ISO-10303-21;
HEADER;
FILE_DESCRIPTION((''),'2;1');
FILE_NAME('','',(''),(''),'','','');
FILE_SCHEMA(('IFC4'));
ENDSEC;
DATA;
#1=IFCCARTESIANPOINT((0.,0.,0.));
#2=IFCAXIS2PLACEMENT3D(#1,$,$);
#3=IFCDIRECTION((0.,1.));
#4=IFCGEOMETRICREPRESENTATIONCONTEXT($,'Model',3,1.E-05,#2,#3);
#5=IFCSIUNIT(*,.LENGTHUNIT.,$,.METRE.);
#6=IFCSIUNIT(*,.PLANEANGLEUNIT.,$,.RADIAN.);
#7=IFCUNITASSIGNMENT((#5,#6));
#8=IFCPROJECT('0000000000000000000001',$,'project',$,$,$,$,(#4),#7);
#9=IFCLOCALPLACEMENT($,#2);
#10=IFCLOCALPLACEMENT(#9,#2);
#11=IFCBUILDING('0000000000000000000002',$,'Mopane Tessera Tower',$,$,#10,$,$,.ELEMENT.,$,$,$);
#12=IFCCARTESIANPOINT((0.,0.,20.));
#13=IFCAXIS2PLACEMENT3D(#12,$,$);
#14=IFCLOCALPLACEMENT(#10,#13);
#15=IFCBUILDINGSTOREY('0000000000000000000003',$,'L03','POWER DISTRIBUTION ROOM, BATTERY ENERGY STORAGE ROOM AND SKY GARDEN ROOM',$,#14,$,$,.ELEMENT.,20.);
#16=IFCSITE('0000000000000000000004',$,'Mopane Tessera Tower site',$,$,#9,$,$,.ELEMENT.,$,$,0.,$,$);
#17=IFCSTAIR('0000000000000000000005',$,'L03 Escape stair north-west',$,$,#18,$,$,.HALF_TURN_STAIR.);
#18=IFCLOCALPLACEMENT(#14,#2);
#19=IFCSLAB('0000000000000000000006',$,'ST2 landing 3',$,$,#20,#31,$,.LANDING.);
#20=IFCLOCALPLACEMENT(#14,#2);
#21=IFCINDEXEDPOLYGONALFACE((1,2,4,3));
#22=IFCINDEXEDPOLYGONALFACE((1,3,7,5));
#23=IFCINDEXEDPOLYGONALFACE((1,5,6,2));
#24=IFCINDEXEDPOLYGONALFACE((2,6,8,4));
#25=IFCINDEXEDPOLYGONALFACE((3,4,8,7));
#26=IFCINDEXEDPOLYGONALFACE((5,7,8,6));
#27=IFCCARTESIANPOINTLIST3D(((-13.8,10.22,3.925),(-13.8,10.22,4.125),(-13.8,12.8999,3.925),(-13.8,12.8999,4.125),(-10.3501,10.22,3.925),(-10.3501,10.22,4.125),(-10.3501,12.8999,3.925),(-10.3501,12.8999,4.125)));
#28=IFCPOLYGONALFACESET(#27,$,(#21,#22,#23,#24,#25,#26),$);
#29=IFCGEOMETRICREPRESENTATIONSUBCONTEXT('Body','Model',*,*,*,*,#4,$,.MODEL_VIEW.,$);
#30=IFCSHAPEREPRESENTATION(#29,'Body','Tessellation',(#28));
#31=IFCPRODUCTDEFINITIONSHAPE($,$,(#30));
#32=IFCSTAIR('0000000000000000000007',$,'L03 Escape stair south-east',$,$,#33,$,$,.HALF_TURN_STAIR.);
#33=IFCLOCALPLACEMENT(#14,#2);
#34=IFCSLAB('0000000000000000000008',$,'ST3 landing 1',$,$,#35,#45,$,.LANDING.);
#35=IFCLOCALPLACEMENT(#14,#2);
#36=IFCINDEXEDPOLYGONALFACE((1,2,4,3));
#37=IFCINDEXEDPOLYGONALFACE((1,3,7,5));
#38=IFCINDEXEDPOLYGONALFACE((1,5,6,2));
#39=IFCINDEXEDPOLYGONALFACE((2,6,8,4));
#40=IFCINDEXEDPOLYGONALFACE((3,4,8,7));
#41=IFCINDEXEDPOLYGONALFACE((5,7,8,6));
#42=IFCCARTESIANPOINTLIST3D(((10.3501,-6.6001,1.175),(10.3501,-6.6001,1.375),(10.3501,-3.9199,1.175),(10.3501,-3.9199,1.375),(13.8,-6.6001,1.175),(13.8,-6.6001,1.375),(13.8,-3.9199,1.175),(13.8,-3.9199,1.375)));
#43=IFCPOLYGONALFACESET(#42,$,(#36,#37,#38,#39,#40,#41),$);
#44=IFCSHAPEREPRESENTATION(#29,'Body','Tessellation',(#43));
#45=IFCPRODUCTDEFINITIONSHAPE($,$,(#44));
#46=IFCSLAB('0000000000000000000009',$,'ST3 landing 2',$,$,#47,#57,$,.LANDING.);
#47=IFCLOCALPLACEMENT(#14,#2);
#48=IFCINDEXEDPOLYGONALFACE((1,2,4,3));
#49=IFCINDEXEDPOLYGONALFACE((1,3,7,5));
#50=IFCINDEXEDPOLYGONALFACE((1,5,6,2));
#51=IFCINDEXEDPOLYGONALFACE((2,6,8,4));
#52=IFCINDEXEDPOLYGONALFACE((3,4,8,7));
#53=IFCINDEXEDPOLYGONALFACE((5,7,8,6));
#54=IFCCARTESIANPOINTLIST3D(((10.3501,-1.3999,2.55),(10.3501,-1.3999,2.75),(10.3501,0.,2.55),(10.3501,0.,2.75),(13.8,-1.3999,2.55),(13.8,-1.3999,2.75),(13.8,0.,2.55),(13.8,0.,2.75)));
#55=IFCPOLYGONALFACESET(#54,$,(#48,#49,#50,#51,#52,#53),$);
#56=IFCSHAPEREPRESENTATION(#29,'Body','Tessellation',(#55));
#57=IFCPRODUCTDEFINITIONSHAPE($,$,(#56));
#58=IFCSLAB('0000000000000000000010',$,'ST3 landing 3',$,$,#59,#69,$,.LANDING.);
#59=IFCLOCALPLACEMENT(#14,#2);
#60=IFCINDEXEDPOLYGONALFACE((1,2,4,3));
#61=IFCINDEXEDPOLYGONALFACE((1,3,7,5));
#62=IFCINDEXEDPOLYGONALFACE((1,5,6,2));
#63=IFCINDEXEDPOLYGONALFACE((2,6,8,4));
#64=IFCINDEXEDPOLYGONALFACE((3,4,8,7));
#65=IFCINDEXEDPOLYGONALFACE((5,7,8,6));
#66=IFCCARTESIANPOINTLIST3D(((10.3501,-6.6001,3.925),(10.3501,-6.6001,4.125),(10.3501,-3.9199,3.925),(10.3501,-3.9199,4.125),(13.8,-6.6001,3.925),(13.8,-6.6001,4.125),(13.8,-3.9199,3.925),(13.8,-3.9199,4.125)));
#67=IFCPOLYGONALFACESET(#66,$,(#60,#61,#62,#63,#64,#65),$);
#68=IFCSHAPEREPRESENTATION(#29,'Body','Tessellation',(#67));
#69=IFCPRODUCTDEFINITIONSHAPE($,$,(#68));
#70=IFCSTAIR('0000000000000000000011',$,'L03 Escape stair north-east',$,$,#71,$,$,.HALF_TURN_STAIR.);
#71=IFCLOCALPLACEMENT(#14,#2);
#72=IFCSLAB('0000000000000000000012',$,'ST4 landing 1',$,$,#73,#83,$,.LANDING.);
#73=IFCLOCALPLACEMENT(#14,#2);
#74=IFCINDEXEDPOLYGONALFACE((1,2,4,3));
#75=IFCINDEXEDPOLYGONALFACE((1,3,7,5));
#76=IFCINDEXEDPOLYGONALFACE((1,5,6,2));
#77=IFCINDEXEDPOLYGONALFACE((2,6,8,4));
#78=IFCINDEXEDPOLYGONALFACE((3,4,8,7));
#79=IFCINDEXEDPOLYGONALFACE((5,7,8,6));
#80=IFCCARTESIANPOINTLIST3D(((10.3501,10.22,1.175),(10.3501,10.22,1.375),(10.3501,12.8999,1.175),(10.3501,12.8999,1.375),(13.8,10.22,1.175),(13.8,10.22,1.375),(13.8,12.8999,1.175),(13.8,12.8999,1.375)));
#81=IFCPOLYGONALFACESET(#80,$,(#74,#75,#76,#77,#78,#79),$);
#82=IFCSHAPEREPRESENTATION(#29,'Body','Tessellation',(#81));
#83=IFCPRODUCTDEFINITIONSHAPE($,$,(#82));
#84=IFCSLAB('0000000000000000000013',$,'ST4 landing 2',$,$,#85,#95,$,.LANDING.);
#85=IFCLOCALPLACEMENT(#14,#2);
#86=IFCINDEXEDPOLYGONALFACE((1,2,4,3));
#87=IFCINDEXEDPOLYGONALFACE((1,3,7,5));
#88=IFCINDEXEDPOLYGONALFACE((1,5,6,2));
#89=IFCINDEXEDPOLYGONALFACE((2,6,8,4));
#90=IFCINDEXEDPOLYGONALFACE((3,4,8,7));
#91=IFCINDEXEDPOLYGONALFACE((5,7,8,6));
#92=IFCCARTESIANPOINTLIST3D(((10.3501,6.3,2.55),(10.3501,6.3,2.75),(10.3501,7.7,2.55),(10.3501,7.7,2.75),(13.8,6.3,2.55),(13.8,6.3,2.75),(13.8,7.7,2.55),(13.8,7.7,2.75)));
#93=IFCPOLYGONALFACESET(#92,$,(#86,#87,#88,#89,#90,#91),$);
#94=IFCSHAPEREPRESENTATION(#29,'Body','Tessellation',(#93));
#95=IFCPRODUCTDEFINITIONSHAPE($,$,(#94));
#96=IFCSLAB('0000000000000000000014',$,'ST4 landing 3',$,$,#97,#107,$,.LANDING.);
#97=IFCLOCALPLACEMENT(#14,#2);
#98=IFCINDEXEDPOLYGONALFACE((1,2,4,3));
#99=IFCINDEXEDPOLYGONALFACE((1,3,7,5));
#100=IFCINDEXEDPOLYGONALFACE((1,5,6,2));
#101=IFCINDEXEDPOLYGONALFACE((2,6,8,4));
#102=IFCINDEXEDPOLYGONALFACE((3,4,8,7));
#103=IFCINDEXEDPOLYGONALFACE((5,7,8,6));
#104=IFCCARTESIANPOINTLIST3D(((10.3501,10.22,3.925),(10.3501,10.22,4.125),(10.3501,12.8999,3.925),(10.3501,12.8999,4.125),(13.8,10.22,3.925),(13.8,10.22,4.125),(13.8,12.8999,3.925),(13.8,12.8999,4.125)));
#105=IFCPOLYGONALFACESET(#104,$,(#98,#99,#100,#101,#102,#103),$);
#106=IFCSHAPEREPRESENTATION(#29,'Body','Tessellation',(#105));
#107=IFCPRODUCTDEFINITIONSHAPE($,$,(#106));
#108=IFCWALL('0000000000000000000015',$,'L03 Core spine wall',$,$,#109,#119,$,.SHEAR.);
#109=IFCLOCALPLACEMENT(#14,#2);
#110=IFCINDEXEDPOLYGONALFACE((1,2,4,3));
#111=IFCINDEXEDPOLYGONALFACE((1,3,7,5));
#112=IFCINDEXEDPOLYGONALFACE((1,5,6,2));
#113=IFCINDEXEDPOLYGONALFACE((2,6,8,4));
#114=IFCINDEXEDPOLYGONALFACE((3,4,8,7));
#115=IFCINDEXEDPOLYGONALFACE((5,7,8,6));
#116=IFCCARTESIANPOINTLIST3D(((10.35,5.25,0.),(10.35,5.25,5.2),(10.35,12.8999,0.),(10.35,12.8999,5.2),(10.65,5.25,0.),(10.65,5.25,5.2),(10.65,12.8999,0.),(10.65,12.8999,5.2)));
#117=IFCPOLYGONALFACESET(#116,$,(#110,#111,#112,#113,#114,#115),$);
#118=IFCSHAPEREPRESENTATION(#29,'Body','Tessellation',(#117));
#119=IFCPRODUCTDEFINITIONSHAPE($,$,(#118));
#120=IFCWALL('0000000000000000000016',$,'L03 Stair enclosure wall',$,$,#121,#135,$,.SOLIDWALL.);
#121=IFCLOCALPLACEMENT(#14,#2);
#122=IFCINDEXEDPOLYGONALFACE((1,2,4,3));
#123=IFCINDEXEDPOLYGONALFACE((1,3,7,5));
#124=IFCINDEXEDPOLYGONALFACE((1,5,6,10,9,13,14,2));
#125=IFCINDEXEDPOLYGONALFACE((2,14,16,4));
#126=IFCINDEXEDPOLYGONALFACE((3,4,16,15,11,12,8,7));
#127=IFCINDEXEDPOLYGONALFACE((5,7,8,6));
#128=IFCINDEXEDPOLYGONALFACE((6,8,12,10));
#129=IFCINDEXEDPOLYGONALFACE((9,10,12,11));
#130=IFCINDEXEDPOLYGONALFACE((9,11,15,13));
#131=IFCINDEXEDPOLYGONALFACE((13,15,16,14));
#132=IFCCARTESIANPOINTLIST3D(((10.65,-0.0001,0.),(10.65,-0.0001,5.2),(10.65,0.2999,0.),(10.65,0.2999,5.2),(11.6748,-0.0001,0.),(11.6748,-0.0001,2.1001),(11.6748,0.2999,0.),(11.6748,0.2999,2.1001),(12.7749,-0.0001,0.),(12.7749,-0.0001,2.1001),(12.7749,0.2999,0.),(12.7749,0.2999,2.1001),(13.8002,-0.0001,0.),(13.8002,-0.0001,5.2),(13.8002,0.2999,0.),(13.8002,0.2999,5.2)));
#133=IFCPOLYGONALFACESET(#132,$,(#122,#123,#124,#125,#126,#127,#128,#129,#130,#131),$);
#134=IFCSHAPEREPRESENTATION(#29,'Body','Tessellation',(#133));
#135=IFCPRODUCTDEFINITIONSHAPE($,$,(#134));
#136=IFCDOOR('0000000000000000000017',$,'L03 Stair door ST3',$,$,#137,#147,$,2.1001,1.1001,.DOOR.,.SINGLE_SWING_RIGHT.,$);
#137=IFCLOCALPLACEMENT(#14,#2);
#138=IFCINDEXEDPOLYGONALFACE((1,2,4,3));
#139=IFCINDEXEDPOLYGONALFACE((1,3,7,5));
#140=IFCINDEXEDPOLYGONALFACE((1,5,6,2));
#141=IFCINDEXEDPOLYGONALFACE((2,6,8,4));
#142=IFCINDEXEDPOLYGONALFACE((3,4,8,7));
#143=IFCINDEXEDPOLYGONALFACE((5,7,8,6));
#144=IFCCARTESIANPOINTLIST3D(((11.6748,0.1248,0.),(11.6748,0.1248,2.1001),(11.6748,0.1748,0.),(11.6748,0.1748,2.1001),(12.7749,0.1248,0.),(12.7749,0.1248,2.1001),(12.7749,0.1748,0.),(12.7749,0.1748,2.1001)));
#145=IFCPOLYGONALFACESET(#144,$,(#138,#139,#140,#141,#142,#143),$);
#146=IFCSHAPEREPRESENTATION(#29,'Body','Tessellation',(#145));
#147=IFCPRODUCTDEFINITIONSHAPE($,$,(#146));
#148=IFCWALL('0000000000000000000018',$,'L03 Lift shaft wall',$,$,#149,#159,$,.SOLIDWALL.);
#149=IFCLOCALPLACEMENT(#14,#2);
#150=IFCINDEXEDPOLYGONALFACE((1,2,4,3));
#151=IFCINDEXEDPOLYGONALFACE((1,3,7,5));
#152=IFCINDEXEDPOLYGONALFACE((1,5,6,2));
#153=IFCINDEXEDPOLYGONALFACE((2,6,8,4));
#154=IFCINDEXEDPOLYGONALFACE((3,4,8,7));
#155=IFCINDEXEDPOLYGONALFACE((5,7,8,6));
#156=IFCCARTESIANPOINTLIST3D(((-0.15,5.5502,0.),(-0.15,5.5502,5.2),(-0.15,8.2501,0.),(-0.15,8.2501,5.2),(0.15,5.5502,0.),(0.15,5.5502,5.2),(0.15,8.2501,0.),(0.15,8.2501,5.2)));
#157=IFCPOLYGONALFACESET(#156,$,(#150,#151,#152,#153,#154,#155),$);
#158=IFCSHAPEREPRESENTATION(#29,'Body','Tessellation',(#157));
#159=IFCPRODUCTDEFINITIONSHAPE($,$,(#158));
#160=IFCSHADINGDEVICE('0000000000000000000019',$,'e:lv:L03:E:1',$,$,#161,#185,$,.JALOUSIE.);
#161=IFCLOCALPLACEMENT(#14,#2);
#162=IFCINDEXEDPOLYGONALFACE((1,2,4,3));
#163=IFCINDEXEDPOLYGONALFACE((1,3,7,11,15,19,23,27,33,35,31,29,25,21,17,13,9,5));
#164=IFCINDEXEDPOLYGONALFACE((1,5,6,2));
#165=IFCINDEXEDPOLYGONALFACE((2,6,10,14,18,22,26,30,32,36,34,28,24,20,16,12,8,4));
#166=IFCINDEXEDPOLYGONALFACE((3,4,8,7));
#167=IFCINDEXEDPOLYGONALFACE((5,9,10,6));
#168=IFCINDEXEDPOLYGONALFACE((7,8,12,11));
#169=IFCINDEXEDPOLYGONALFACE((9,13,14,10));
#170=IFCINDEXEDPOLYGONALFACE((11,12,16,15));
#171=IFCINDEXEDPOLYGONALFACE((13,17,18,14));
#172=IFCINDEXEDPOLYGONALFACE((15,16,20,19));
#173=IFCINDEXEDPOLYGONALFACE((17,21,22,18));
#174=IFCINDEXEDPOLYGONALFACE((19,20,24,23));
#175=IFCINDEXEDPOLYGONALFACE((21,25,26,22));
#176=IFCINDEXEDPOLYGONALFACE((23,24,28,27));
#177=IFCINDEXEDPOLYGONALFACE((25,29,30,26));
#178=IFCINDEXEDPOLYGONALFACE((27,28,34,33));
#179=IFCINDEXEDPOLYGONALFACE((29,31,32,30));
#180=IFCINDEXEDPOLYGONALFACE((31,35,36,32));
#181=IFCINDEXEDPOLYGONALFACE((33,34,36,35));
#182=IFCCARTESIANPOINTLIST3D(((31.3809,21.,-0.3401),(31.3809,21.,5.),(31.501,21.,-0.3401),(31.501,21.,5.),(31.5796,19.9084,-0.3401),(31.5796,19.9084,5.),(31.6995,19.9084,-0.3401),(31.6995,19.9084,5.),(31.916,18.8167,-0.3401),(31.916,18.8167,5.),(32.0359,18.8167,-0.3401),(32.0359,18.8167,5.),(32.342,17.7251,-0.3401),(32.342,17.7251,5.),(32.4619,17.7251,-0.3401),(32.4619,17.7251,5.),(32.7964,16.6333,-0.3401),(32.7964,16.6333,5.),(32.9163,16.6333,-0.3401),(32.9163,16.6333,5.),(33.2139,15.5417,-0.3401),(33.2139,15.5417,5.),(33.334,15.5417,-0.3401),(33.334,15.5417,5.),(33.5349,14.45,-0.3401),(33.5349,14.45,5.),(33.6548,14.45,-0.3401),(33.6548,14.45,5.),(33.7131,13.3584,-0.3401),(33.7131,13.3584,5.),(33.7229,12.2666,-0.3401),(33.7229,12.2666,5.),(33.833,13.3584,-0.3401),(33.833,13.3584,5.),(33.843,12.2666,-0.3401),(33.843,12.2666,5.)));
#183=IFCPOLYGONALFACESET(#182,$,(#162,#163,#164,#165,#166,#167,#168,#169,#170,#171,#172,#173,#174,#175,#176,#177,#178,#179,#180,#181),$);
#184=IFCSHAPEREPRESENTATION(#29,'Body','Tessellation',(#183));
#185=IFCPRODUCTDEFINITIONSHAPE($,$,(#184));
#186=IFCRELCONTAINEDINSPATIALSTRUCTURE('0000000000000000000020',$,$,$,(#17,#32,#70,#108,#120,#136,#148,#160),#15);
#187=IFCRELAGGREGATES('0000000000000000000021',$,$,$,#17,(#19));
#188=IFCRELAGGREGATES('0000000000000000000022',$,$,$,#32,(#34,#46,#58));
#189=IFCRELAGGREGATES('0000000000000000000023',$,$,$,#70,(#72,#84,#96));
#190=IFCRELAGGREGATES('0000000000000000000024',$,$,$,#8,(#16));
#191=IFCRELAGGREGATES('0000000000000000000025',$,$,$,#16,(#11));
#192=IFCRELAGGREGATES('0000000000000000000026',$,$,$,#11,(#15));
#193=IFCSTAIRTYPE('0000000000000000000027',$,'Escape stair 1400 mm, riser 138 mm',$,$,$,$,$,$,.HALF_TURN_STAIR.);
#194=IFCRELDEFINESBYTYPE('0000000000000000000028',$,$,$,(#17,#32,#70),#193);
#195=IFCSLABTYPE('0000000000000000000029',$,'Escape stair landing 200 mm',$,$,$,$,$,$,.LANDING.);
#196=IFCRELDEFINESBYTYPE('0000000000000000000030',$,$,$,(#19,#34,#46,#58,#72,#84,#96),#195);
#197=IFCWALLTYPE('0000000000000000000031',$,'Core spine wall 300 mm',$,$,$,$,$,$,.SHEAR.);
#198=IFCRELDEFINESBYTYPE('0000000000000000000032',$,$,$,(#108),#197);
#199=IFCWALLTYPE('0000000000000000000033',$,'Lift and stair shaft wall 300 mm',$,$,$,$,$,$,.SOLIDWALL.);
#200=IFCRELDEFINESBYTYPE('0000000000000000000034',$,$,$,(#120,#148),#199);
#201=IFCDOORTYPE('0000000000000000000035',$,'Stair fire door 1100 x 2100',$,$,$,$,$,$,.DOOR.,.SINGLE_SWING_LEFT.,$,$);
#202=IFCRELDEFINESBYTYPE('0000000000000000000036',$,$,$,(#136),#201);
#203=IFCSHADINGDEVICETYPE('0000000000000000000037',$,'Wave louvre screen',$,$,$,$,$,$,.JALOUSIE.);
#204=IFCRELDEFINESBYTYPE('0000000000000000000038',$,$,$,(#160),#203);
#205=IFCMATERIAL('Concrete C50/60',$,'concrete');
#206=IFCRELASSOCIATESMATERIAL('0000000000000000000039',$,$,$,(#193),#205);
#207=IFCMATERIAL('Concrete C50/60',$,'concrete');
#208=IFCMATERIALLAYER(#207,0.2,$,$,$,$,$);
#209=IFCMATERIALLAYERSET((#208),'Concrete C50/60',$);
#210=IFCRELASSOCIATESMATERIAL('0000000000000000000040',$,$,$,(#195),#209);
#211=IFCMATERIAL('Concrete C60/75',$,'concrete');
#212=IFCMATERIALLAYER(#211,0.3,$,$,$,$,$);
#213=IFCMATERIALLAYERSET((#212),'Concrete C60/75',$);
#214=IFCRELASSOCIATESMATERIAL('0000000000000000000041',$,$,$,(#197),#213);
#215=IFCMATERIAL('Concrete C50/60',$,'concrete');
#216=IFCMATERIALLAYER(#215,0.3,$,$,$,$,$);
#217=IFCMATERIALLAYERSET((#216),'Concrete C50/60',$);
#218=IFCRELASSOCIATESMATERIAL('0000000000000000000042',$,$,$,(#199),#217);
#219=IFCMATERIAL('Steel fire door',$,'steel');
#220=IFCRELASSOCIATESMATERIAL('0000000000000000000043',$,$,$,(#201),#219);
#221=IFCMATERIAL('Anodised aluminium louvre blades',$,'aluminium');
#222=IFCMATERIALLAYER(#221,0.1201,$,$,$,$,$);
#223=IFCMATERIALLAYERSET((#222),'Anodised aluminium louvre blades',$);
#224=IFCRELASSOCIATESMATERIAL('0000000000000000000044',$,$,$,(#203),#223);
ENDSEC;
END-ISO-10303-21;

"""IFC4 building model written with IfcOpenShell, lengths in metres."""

from ifc_helpers import new_model, si_unit, direction, frame, frame_2d, origin, place, context, subcontext, project, spatial, polyline, rectangle, outline, extrude, material, layer, layer_set, type_object, element, fill, aggregate, save


model = new_model("IFC4")

# Units and contexts
model_context = context("Model", 3, precision=1e-05, world=origin(), true_north=direction((0.0, 1.0)))
body_context = subcontext(model_context, "Body", "Model", "MODEL_VIEW")
ifc_project = project(units=[si_unit("LENGTHUNIT", "METRE"), si_unit("PLANEANGLEUNIT", "RADIAN")], contexts=[model_context])

# Site, building, storey
site_placement = place(None, origin())
site = spatial("IfcSite", under=ifc_project, at=site_placement, Name="Mopane Tessera Tower site", CompositionType="ELEMENT", RefElevation=0.0)
building_placement = place(site_placement, origin())
building = spatial("IfcBuilding", under=site, at=building_placement, Name="Mopane Tessera Tower", CompositionType="ELEMENT")
storey_placement = place(building_placement, frame((0.0, 0.0, 20.0)))
storey = spatial("IfcBuildingStorey", under=building, at=storey_placement, Name="L03", Description="POWER DISTRIBUTION ROOM, BATTERY ENERGY STORAGE ROOM AND SKY GARDEN ROOM", CompositionType="ELEMENT", Elevation=20.0)

# Stairs, slabs
ifc_material_1 = material(Name="Concrete C50/60", Category="concrete")
stair_type = type_object("IfcStairType", Name="Escape stair 1400 mm, riser 138 mm", PredefinedType="HALF_TURN_STAIR", material=ifc_material_1)
ifc_material_2 = material(Name="Concrete C50/60", Category="concrete")
ifc_layer_1 = layer(ifc_material_2, 0.2)
ifc_layer_set_1 = layer_set([ifc_layer_1], Name="Concrete C50/60")
slab_type_1 = type_object("IfcSlabType", Name="Escape stair landing 200 mm", PredefinedType="LANDING", material=ifc_layer_set_1)
stair_1_placement = place(storey_placement, origin())
stair_1 = element("IfcStair", 1, at=stair_1_placement, inside=storey, type_object=stair_type, Name="L03 Escape stair north-west", PredefinedType="HALF_TURN_STAIR")
slab_1_placement = place(storey_placement, frame((0.0, 0.0, 3.925)))
slab_1 = element("IfcSlab", 2, at=slab_1_placement, type_object=slab_type_1, Name="ST2 landing 3", PredefinedType="LANDING", context=body_context, shape_type="SweptSolid", body=[
    extrude(outline(polyline([(-10.3501, 10.22), (-10.3501, 12.8999), (-13.8, 12.8999), (-13.8, 10.22), (-10.3501, 10.22)])), origin(), (0.0, 0.0, 1.0), 0.2),
])
aggregate(stair_1, [slab_1])
stair_2_placement = place(storey_placement, origin())
stair_2 = element("IfcStair", 3, at=stair_2_placement, inside=storey, type_object=stair_type, Name="L03 Escape stair south-east", PredefinedType="HALF_TURN_STAIR")
slab_2_placement = place(storey_placement, frame((0.0, 0.0, 1.175)))
slab_2 = element("IfcSlab", 4, at=slab_2_placement, type_object=slab_type_1, Name="ST3 landing 1", PredefinedType="LANDING", context=body_context, shape_type="SweptSolid", body=[
    extrude(outline(polyline([(10.3501, -3.9199), (10.3501, -6.6001), (13.8, -6.6001), (13.8, -3.9199), (10.3501, -3.9199)])), origin(), (0.0, 0.0, 1.0), 0.2),
])
slab_3_placement = place(storey_placement, frame((0.0, 0.0, 2.55)))
slab_3 = element("IfcSlab", 5, at=slab_3_placement, type_object=slab_type_1, Name="ST3 landing 2", PredefinedType="LANDING", context=body_context, shape_type="SweptSolid", body=[
    extrude(outline(polyline([(10.3501, 0.0), (10.3501, -1.3999), (13.8, -1.3999), (13.8, 0.0), (10.3501, 0.0)])), origin(), (0.0, 0.0, 1.0), 0.2),
])
slab_4_placement = place(storey_placement, frame((0.0, 0.0, 3.925)))
slab_4 = element("IfcSlab", 6, at=slab_4_placement, type_object=slab_type_1, Name="ST3 landing 3", PredefinedType="LANDING", context=body_context, shape_type="SweptSolid", body=[
    extrude(outline(polyline([(10.3501, -3.9199), (10.3501, -6.6001), (13.8, -6.6001), (13.8, -3.9199), (10.3501, -3.9199)])), origin(), (0.0, 0.0, 1.0), 0.2),
])
aggregate(stair_2, [slab_2, slab_3, slab_4])
stair_3_placement = place(storey_placement, origin())
stair_3 = element("IfcStair", 7, at=stair_3_placement, inside=storey, type_object=stair_type, Name="L03 Escape stair north-east", PredefinedType="HALF_TURN_STAIR")
slab_5_placement = place(storey_placement, frame((0.0, 0.0, 1.175)))
slab_5 = element("IfcSlab", 8, at=slab_5_placement, type_object=slab_type_1, Name="ST4 landing 1", PredefinedType="LANDING", context=body_context, shape_type="SweptSolid", body=[
    extrude(outline(polyline([(13.8, 10.22), (13.8, 12.8999), (10.3501, 12.8999), (10.3501, 10.22), (13.8, 10.22)])), origin(), (0.0, 0.0, 1.0), 0.2),
])
slab_6_placement = place(storey_placement, frame((0.0, 0.0, 2.55)))
slab_6 = element("IfcSlab", 9, at=slab_6_placement, type_object=slab_type_1, Name="ST4 landing 2", PredefinedType="LANDING", context=body_context, shape_type="SweptSolid", body=[
    extrude(outline(polyline([(13.8, 6.3), (13.8, 7.7), (10.3501, 7.7), (10.3501, 6.3), (13.8, 6.3)])), origin(), (0.0, 0.0, 1.0), 0.2),
])
slab_7_placement = place(storey_placement, frame((0.0, 0.0, 3.925)))
slab_7 = element("IfcSlab", 10, at=slab_7_placement, type_object=slab_type_1, Name="ST4 landing 3", PredefinedType="LANDING", context=body_context, shape_type="SweptSolid", body=[
    extrude(outline(polyline([(13.8, 10.22), (13.8, 12.8999), (10.3501, 12.8999), (10.3501, 10.22), (13.8, 10.22)])), origin(), (0.0, 0.0, 1.0), 0.2),
])
aggregate(stair_3, [slab_5, slab_6, slab_7])

# Wall
ifc_material_3 = material(Name="Concrete C60/75", Category="concrete")
ifc_layer_2 = layer(ifc_material_3, 0.3)
ifc_layer_set_2 = layer_set([ifc_layer_2], Name="Concrete C60/75")
wall_type_1 = type_object("IfcWallType", Name="Core spine wall 300 mm", PredefinedType="SHEAR", material=ifc_layer_set_2)
wall_1_placement = place(storey_placement, frame((10.5, 5.25, 0.0), z_axis=(0.0, 0.0, 1.0), x_axis=(0.0, 1.0, 0.0)))
element("IfcWall", 11, at=wall_1_placement, inside=storey, type_object=wall_type_1, Name="L03 Core spine wall", PredefinedType="SHEAR", context=body_context, shape_type="SweptSolid", body=[
    extrude(rectangle(XDim=7.6499, YDim=0.3, at=frame_2d((3.825, 0.0))), origin(), (0.0, 0.0, 1.0), 5.2),
])

# Wall, opening, door
ifc_material_4 = material(Name="Concrete C50/60", Category="concrete")
ifc_layer_3 = layer(ifc_material_4, 0.3)
ifc_layer_set_3 = layer_set([ifc_layer_3], Name="Concrete C50/60")
wall_type_2 = type_object("IfcWallType", Name="Lift and stair shaft wall 300 mm", PredefinedType="SOLIDWALL", material=ifc_layer_set_3)
wall_2_placement = place(storey_placement, frame((10.6499, 0.1499, 0.0), z_axis=(0.0, 0.0, 1.0), x_axis=(1.0, 0.0, 0.0)))
wall_2 = element("IfcWall", 12, at=wall_2_placement, inside=storey, type_object=wall_type_2, Name="L03 Stair enclosure wall", PredefinedType="SOLIDWALL", context=body_context, shape_type="SweptSolid", body=[
    extrude(rectangle(XDim=3.1501, YDim=0.3, at=frame_2d((1.5752, 0.0))), origin(), (0.0, 0.0, 1.0), 5.2),
])
opening_placement = place(wall_2_placement, frame((1.0249, 0.0, 0.0)))
opening = element("IfcOpeningElement", 13, at=opening_placement, cuts=wall_2, PredefinedType="OPENING", context=body_context, shape_type="SweptSolid", body=[
    extrude(rectangle(XDim=1.1001, YDim=2.1001, at=frame_2d((0.55, 1.05))), frame((0.0, 0.1621, 0.0), z_axis=(0.0, -1.0, 0.0), x_axis=(1.0, 0.0, 0.0)), (0.0, 0.0, 1.0), 0.324),
])
ifc_material_5 = material(Name="Steel fire door", Category="steel")
door_type = type_object("IfcDoorType", Name="Stair fire door 1100 x 2100", OperationType="SINGLE_SWING_LEFT", PredefinedType="DOOR", material=ifc_material_5)
door_placement = place(opening_placement, origin())
door = element("IfcDoor", 14, at=door_placement, inside=storey, type_object=door_type, Name="L03 Stair door ST3", OperationType="SINGLE_SWING_RIGHT", OverallHeight=2.1001, OverallWidth=1.1001, PredefinedType="DOOR", context=body_context, shape_type="SweptSolid", body=[
    extrude(rectangle(XDim=1.1001, YDim=2.1001, at=frame_2d((0.55, 1.05))), frame((0.0, 0.0249, 0.0), z_axis=(0.0, -1.0, 0.0), x_axis=(1.0, 0.0, 0.0)), (0.0, 0.0, 1.0), 0.05),
])
fill(opening, door)

# Wall
wall_3_placement = place(storey_placement, frame((0.0, 5.55, 0.0), z_axis=(0.0, 0.0, 1.0), x_axis=(0.0, 1.0, 0.0)))
element("IfcWall", 15, at=wall_3_placement, inside=storey, type_object=wall_type_2, Name="L03 Lift shaft wall", PredefinedType="SOLIDWALL", context=body_context, shape_type="SweptSolid", body=[
    extrude(rectangle(XDim=2.7, YDim=0.3, at=frame_2d((1.3501, 0.0))), origin(), (0.0, 0.0, 1.0), 5.2),
])

# Shading device
ifc_material_6 = material(Name="Anodised aluminium louvre blades", Category="aluminium")
ifc_layer_4 = layer(ifc_material_6, 0.1201)
ifc_layer_set_4 = layer_set([ifc_layer_4], Name="Anodised aluminium louvre blades")
shading_device_type = type_object("IfcShadingDeviceType", Name="Wave louvre screen", PredefinedType="JALOUSIE", material=ifc_layer_set_4)
shading_device_1_placement = place(storey_placement, frame((0.0, 0.0, -0.3401)))
element("IfcShadingDevice", 16, at=shading_device_1_placement, inside=storey, type_object=shading_device_type, Name="e:lv:L03:E:1", PredefinedType="JALOUSIE", context=body_context, shape_type="SweptSolid", body=[
    extrude(outline(polyline([(33.7229, 12.2666), (33.7131, 13.3584), (33.5349, 14.45), (33.2139, 15.5417), (32.7964, 16.6333), (32.342, 17.7251), (31.916, 18.8167), (31.5796, 19.9084), (31.3809, 21.0), (31.501, 21.0), (31.6995, 19.9084), (32.0359, 18.8167), (32.4619, 17.7251), (32.9163, 16.6333), (33.334, 15.5417), (33.6548, 14.45), (33.833, 13.3584), (33.843, 12.2666), (33.7229, 12.2666)])), origin(), (0.0, 0.0, 1.0), 5.3401),
])

save(model, "model.ifc")
